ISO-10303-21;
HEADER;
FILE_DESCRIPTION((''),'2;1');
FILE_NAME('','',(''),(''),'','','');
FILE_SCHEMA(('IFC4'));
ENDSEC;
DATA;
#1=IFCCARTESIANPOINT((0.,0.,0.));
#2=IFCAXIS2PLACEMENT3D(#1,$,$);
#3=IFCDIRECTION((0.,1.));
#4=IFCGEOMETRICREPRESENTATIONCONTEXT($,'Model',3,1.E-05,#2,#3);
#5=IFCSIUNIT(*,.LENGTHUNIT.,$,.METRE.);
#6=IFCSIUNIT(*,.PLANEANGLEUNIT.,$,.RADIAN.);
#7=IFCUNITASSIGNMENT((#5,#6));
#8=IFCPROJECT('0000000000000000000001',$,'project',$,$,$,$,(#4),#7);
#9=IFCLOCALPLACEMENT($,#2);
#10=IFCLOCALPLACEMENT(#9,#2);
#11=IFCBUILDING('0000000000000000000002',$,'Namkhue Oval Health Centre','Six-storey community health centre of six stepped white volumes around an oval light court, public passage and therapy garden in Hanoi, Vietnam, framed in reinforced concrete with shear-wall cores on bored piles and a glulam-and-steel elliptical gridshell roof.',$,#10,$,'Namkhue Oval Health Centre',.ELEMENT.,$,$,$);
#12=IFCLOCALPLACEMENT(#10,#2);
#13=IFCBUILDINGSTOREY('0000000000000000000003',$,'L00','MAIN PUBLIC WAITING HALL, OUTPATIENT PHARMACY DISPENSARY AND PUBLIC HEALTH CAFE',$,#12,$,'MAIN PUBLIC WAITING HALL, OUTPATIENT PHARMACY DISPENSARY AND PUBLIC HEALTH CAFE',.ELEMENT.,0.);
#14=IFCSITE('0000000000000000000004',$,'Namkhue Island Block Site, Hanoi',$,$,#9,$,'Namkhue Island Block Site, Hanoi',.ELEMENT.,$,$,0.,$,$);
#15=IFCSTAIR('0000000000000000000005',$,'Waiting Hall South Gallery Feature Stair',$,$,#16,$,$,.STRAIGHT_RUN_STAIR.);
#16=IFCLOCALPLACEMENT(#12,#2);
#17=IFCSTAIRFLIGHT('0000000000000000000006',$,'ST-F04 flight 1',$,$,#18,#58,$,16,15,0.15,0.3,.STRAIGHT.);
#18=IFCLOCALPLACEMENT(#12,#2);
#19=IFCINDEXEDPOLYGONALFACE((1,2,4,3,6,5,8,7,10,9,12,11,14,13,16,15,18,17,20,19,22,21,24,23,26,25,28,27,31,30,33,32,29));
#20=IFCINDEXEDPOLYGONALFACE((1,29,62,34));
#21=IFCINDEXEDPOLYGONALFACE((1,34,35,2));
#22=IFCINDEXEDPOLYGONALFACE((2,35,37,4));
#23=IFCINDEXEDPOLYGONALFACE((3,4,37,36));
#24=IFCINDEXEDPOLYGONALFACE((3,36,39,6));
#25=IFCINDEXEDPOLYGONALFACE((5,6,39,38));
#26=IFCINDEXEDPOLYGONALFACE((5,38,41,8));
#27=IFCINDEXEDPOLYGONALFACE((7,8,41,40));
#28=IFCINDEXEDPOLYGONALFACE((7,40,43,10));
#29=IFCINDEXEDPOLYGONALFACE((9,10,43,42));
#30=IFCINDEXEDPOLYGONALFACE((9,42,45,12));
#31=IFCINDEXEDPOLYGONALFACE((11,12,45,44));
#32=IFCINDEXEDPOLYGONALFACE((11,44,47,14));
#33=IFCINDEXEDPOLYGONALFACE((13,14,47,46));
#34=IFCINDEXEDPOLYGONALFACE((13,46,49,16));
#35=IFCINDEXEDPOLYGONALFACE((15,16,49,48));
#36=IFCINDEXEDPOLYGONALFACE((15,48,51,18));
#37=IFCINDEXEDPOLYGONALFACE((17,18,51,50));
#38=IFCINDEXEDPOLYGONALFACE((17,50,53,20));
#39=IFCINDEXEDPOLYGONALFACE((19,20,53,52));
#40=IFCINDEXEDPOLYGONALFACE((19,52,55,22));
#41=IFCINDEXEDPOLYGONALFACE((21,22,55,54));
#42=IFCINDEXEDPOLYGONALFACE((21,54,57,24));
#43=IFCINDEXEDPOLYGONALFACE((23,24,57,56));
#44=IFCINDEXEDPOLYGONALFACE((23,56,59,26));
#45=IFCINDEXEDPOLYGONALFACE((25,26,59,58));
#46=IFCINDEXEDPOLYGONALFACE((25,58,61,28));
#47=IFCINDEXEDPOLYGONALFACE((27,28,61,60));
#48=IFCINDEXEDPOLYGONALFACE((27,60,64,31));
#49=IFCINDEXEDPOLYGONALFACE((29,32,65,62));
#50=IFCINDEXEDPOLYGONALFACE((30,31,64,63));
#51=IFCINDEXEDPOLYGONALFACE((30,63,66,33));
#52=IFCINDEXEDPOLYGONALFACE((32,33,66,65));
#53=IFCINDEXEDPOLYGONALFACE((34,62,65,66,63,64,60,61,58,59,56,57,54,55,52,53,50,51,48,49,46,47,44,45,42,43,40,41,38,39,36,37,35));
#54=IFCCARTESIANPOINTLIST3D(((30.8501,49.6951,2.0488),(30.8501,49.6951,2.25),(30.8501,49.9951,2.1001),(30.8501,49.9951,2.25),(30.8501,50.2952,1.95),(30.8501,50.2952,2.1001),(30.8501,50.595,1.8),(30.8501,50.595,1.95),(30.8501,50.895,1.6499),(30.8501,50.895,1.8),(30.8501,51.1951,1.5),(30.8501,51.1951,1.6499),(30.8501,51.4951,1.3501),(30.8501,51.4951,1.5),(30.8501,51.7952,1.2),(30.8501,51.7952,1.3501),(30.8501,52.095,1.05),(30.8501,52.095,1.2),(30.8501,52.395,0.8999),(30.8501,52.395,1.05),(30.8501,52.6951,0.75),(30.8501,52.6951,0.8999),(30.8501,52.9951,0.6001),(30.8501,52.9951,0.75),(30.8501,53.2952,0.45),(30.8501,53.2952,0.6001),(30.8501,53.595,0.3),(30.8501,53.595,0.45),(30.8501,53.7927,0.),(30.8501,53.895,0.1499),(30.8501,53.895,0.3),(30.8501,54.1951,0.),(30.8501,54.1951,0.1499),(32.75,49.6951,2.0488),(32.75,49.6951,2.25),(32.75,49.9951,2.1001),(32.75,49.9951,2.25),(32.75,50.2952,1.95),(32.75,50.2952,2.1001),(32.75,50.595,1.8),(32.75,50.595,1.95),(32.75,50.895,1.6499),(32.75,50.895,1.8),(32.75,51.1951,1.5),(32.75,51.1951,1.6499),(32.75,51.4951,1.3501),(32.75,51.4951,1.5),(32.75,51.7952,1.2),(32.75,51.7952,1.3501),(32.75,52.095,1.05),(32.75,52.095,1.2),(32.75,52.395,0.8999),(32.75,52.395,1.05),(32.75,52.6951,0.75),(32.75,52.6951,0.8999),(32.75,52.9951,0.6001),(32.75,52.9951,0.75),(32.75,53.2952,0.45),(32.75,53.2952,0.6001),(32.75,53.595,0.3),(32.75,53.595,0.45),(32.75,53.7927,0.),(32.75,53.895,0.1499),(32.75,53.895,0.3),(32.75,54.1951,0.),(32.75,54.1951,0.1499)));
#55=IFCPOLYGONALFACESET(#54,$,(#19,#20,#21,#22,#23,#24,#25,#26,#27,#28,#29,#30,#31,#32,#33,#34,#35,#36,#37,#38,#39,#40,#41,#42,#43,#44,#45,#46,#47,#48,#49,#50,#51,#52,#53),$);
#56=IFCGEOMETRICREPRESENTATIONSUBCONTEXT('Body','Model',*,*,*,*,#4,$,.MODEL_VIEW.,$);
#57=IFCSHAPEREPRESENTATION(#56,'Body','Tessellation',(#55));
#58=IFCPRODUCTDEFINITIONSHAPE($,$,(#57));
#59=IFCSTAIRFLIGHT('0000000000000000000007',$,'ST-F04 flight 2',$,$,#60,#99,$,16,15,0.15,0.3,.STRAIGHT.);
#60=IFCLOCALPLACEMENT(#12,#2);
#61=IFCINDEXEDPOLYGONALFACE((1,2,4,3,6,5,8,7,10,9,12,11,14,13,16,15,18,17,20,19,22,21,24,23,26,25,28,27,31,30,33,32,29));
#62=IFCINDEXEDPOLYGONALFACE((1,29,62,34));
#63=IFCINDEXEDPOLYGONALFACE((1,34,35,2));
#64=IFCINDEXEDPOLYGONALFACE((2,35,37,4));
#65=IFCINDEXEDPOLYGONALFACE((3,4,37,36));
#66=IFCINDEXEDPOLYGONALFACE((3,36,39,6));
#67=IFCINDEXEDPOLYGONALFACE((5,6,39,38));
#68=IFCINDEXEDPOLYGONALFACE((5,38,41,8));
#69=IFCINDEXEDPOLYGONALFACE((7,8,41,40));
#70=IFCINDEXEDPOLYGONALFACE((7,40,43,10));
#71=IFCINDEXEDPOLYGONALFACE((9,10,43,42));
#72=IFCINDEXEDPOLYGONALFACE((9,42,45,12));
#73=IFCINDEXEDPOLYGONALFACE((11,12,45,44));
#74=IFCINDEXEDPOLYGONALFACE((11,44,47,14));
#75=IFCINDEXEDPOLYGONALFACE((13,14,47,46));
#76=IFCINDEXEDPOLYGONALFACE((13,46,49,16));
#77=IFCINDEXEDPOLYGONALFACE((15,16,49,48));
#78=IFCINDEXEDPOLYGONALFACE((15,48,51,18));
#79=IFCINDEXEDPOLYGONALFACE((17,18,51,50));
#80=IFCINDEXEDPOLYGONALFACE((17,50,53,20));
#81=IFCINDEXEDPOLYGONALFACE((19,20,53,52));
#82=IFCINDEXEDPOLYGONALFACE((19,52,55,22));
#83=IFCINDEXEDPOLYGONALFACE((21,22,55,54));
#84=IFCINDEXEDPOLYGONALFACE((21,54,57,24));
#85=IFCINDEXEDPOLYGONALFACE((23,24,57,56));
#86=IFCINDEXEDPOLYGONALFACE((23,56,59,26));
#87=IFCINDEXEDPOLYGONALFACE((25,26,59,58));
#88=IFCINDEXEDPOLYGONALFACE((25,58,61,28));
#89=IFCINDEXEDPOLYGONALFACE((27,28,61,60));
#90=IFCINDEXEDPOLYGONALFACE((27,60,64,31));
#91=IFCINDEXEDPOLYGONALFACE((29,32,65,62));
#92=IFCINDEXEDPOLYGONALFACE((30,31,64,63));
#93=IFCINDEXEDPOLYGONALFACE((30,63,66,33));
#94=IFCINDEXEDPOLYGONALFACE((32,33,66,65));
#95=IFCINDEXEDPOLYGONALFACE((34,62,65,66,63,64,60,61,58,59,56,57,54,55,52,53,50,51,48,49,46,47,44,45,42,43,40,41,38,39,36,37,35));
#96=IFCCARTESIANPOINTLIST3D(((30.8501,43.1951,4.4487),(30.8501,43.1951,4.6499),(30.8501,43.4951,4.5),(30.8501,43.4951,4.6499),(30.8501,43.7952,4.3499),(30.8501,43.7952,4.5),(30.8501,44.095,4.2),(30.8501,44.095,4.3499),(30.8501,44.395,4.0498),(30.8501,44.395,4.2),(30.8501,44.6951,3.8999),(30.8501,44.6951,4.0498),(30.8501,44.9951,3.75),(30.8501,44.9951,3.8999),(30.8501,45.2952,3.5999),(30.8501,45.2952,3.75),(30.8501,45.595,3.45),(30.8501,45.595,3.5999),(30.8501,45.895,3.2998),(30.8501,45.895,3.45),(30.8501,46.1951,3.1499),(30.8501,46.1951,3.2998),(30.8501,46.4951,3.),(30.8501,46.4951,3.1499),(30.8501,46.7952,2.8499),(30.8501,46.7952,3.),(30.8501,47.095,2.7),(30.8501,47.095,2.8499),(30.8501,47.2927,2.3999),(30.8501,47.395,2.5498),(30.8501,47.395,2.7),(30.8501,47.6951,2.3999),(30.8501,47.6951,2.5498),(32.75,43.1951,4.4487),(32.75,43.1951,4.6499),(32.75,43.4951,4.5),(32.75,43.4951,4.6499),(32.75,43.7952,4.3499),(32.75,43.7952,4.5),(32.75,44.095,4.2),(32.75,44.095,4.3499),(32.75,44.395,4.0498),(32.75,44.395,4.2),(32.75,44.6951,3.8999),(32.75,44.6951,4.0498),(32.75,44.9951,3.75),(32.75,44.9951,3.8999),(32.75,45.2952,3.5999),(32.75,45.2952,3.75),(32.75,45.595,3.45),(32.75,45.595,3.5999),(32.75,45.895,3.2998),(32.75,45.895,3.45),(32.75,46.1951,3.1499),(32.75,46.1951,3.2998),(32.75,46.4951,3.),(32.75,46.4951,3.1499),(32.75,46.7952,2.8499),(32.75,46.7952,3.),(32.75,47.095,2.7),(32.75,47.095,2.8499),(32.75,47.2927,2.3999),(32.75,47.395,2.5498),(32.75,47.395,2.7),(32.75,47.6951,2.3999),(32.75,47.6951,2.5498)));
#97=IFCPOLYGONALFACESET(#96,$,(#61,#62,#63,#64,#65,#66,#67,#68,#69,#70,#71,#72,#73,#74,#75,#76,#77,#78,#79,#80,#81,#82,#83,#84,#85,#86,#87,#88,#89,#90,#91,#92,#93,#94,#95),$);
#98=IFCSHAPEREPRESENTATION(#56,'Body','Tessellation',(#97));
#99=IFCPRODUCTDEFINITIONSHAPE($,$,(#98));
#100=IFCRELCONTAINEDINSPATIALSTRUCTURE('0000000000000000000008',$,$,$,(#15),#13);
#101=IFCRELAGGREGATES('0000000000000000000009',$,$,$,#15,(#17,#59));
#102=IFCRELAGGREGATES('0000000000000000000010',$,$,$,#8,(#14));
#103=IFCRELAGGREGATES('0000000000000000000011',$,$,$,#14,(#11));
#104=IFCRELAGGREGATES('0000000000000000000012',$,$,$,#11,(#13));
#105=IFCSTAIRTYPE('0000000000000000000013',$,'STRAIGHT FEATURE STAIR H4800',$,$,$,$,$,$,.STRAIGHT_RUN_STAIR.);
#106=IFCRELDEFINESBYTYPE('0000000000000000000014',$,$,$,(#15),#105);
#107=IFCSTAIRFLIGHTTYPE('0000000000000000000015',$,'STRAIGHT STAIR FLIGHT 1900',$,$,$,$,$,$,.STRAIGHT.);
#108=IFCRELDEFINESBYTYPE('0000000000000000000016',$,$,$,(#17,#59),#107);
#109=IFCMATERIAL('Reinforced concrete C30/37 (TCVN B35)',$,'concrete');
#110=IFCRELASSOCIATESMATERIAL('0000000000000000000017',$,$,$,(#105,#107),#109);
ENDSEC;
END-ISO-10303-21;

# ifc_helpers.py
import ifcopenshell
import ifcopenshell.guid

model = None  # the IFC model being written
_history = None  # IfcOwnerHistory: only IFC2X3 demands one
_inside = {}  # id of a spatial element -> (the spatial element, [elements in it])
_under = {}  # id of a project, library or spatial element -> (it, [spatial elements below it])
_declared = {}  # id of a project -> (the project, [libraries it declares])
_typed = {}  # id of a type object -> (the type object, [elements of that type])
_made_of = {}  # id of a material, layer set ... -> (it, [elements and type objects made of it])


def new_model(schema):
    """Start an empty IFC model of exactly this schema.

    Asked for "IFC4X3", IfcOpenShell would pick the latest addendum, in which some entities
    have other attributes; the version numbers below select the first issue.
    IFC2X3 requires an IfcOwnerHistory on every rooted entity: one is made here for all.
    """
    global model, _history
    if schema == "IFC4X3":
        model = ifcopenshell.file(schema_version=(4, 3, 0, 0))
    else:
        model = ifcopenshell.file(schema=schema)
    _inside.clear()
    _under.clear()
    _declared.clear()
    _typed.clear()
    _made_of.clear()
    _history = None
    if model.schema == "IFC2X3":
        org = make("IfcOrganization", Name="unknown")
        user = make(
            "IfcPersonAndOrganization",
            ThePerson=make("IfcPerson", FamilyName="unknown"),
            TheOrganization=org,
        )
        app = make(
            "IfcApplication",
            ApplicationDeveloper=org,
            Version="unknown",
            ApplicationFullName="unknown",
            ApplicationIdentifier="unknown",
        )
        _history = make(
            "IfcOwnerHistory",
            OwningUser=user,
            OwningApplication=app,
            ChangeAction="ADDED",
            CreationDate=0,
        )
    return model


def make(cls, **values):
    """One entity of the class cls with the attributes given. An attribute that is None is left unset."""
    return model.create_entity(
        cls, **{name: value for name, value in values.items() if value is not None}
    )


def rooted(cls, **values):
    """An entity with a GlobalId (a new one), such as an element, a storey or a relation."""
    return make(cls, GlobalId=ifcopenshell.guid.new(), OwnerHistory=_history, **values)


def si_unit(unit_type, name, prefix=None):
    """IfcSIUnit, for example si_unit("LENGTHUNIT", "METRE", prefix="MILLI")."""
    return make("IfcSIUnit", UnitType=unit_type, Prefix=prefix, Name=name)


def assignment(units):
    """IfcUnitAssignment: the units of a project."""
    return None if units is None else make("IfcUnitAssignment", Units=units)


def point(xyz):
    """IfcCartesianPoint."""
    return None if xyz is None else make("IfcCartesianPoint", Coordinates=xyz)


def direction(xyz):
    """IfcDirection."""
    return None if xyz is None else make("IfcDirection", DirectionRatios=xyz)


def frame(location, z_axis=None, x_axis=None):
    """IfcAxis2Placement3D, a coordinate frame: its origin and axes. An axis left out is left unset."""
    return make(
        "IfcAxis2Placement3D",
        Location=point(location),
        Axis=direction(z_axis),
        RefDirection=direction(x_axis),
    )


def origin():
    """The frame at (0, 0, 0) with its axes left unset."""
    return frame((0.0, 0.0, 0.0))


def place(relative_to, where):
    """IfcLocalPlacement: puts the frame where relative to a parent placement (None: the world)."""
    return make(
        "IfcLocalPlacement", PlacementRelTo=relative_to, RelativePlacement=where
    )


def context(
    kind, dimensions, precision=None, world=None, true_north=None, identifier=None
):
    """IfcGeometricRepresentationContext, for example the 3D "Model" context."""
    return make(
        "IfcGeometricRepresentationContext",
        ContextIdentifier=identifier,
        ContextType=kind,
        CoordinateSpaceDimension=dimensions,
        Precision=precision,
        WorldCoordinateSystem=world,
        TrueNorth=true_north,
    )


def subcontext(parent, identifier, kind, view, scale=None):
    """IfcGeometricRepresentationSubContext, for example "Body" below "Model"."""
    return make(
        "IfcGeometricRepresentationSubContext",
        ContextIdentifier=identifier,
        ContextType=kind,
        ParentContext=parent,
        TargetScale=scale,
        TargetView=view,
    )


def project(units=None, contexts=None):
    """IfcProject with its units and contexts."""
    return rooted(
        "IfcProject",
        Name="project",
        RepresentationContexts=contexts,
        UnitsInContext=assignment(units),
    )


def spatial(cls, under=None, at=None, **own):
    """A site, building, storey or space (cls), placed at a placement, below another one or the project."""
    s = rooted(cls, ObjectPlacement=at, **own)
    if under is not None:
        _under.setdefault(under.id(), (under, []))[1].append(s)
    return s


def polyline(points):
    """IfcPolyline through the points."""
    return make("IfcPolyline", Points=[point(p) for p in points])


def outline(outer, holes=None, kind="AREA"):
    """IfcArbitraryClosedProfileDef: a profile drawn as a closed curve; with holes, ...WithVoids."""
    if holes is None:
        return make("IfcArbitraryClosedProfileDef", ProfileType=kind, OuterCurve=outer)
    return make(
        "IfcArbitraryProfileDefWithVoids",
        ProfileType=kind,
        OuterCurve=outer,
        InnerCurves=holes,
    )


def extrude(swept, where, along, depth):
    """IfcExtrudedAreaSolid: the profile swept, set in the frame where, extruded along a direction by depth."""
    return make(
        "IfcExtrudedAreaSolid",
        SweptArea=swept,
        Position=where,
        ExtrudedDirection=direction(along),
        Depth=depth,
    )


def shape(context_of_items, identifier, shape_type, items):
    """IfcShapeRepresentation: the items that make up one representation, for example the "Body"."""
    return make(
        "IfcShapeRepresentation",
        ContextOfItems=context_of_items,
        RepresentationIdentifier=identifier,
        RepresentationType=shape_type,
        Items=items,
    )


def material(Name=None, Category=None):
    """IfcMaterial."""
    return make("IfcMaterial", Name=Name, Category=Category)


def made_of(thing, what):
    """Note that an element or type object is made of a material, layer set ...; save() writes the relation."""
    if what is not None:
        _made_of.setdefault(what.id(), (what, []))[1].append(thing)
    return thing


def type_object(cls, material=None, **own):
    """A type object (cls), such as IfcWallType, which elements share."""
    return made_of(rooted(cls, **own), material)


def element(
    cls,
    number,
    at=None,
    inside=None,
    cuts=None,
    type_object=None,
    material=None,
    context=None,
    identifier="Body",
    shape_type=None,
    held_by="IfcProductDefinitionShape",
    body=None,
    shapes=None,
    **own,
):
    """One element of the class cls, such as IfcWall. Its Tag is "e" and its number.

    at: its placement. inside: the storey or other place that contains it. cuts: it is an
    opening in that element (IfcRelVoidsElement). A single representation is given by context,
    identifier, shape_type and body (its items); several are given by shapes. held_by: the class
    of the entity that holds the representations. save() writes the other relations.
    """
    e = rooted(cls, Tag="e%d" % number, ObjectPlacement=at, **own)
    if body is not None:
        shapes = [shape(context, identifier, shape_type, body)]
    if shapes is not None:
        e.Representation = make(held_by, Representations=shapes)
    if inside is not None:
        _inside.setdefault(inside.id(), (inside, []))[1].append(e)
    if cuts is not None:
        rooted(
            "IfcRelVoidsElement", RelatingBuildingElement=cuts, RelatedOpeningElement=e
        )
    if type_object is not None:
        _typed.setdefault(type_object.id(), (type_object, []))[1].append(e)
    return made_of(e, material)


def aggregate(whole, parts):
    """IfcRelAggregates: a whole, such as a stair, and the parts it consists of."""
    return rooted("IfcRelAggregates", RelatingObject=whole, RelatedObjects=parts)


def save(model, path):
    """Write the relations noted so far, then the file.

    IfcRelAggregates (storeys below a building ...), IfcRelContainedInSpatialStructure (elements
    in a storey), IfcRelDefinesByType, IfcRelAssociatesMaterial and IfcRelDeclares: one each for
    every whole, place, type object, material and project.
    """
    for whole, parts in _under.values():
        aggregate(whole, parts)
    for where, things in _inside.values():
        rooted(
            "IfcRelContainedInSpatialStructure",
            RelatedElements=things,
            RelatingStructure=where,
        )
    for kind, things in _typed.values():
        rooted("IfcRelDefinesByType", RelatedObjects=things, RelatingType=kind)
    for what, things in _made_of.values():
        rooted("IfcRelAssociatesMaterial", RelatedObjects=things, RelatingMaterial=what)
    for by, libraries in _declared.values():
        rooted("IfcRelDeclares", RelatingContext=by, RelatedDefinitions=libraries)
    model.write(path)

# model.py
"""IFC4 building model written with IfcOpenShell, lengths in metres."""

from ifc_helpers import new_model, si_unit, direction, frame, origin, place, context, subcontext, project, spatial, polyline, outline, extrude, material, type_object, element, aggregate, save


model = new_model("IFC4")

# Units and contexts
model_context = context("Model", 3, precision=1e-05, world=origin(), true_north=direction((0.0, 1.0)))
body_context = subcontext(model_context, "Body", "Model", "MODEL_VIEW")
ifc_project = project(units=[si_unit("LENGTHUNIT", "METRE"), si_unit("PLANEANGLEUNIT", "RADIAN")], contexts=[model_context])

# Site, building, storey
site_placement = place(None, origin())
site = spatial("IfcSite", under=ifc_project, at=site_placement, Name="Namkhue Island Block Site, Hanoi", LongName="Namkhue Island Block Site, Hanoi", CompositionType="ELEMENT", RefElevation=0.0)
building_placement = place(site_placement, origin())
building = spatial("IfcBuilding", under=site, at=building_placement, Name="Namkhue Oval Health Centre", Description="Six-storey community health centre of six stepped white volumes around an oval light court, public passage and therapy garden in Hanoi, Vietnam, framed in reinforced concrete with shear-wall cores on bored piles and a glulam-and-steel elliptical gridshell roof.", LongName="Namkhue Oval Health Centre", CompositionType="ELEMENT")
storey_placement = place(building_placement, origin())
storey = spatial("IfcBuildingStorey", under=building, at=storey_placement, Name="L00", Description="MAIN PUBLIC WAITING HALL, OUTPATIENT PHARMACY DISPENSARY AND PUBLIC HEALTH CAFE", LongName="MAIN PUBLIC WAITING HALL, OUTPATIENT PHARMACY DISPENSARY AND PUBLIC HEALTH CAFE", CompositionType="ELEMENT", Elevation=0.0)

# Shared definitions
ifc_material_1 = material(Name="Reinforced concrete C30/37 (TCVN B35)", Category="concrete")

# Shared definitions
stair_type = type_object("IfcStairType", Name="STRAIGHT FEATURE STAIR H4800", PredefinedType="STRAIGHT_RUN_STAIR", material=ifc_material_1)
stair_flight_type = type_object("IfcStairFlightType", Name="STRAIGHT STAIR FLIGHT 1900", PredefinedType="STRAIGHT", material=ifc_material_1)

# Stair, stair flights
stair_1_placement = place(storey_placement, origin())
stair_1 = element("IfcStair", 1, at=stair_1_placement, inside=storey, type_object=stair_type, Name="Waiting Hall South Gallery Feature Stair", PredefinedType="STRAIGHT_RUN_STAIR")
stair_flight_1_placement = place(storey_placement, frame((31.8, 54.1951, 0.0), z_axis=(0.0, 0.0, 1.0), x_axis=(0.0, -1.0, 0.0)))
stair_flight_1 = element("IfcStairFlight", 2, at=stair_flight_1_placement, type_object=stair_flight_type, Name="ST-F04 flight 1", NumberOfRisers=16, NumberOfTreads=15, PredefinedType="STRAIGHT", RiserHeight=0.15, TreadLength=0.3, context=body_context, shape_type="SweptSolid", body=[
    extrude(outline(polyline([(0.0, 0.0), (0.0, 0.1499), (0.3, 0.1499), (0.3, 0.3), (0.6001, 0.3), (0.6001, 0.45), (0.8999, 0.45), (0.8999, 0.6001), (1.2, 0.6001), (1.2, 0.75), (1.5, 0.75), (1.5, 0.8999), (1.8, 0.8999), (1.8, 1.05), (2.1001, 1.05), (2.1001, 1.2), (2.3999, 1.2), (2.3999, 1.3501), (2.7, 1.3501), (2.7, 1.5), (3.0, 1.5), (3.0, 1.6499), (3.3, 1.6499), (3.3, 1.8), (3.6001, 1.8), (3.6001, 1.95), (3.8999, 1.95), (3.8999, 2.1001), (4.2, 2.1001), (4.2, 2.25), (4.5, 2.25), (4.5, 2.3999), (4.5, 2.0488), (0.4023, 0.0), (0.0, 0.0)])), frame((0.0, 0.95, 0.0), z_axis=(0.0, -1.0, 0.0), x_axis=(1.0, 0.0, 0.0)), (0.0, 0.0, 1.0), 1.8999),
])
stair_flight_2_placement = place(storey_placement, frame((31.8, 47.6951, 2.3999), z_axis=(0.0, 0.0, 1.0), x_axis=(0.0, -1.0, 0.0)))
stair_flight_2 = element("IfcStairFlight", 3, at=stair_flight_2_placement, type_object=stair_flight_type, Name="ST-F04 flight 2", NumberOfRisers=16, NumberOfTreads=15, PredefinedType="STRAIGHT", RiserHeight=0.15, TreadLength=0.3, context=body_context, shape_type="SweptSolid", body=[
    extrude(outline(polyline([(0.0, 0.0), (0.0, 0.1499), (0.3, 0.1499), (0.3, 0.3), (0.6001, 0.3), (0.6001, 0.45), (0.8999, 0.45), (0.8999, 0.6001), (1.2, 0.6001), (1.2, 0.75), (1.5, 0.75), (1.5, 0.8999), (1.8, 0.8999), (1.8, 1.05), (2.1001, 1.05), (2.1001, 1.2), (2.3999, 1.2), (2.3999, 1.3501), (2.7, 1.3501), (2.7, 1.5), (3.0, 1.5), (3.0, 1.6499), (3.3, 1.6499), (3.3, 1.8), (3.6001, 1.8), (3.6001, 1.95), (3.8999, 1.95), (3.8999, 2.1001), (4.2, 2.1001), (4.2, 2.25), (4.5, 2.25), (4.5, 2.3999), (4.5, 2.0488), (0.4023, 0.0), (0.0, 0.0)])), frame((0.0, 0.95, 0.0), z_axis=(0.0, -1.0, 0.0), x_axis=(1.0, 0.0, 0.0)), (0.0, 0.0, 1.0), 1.8999),
])
aggregate(stair_1, [stair_flight_1, stair_flight_2])

save(model, "model.ifc")
